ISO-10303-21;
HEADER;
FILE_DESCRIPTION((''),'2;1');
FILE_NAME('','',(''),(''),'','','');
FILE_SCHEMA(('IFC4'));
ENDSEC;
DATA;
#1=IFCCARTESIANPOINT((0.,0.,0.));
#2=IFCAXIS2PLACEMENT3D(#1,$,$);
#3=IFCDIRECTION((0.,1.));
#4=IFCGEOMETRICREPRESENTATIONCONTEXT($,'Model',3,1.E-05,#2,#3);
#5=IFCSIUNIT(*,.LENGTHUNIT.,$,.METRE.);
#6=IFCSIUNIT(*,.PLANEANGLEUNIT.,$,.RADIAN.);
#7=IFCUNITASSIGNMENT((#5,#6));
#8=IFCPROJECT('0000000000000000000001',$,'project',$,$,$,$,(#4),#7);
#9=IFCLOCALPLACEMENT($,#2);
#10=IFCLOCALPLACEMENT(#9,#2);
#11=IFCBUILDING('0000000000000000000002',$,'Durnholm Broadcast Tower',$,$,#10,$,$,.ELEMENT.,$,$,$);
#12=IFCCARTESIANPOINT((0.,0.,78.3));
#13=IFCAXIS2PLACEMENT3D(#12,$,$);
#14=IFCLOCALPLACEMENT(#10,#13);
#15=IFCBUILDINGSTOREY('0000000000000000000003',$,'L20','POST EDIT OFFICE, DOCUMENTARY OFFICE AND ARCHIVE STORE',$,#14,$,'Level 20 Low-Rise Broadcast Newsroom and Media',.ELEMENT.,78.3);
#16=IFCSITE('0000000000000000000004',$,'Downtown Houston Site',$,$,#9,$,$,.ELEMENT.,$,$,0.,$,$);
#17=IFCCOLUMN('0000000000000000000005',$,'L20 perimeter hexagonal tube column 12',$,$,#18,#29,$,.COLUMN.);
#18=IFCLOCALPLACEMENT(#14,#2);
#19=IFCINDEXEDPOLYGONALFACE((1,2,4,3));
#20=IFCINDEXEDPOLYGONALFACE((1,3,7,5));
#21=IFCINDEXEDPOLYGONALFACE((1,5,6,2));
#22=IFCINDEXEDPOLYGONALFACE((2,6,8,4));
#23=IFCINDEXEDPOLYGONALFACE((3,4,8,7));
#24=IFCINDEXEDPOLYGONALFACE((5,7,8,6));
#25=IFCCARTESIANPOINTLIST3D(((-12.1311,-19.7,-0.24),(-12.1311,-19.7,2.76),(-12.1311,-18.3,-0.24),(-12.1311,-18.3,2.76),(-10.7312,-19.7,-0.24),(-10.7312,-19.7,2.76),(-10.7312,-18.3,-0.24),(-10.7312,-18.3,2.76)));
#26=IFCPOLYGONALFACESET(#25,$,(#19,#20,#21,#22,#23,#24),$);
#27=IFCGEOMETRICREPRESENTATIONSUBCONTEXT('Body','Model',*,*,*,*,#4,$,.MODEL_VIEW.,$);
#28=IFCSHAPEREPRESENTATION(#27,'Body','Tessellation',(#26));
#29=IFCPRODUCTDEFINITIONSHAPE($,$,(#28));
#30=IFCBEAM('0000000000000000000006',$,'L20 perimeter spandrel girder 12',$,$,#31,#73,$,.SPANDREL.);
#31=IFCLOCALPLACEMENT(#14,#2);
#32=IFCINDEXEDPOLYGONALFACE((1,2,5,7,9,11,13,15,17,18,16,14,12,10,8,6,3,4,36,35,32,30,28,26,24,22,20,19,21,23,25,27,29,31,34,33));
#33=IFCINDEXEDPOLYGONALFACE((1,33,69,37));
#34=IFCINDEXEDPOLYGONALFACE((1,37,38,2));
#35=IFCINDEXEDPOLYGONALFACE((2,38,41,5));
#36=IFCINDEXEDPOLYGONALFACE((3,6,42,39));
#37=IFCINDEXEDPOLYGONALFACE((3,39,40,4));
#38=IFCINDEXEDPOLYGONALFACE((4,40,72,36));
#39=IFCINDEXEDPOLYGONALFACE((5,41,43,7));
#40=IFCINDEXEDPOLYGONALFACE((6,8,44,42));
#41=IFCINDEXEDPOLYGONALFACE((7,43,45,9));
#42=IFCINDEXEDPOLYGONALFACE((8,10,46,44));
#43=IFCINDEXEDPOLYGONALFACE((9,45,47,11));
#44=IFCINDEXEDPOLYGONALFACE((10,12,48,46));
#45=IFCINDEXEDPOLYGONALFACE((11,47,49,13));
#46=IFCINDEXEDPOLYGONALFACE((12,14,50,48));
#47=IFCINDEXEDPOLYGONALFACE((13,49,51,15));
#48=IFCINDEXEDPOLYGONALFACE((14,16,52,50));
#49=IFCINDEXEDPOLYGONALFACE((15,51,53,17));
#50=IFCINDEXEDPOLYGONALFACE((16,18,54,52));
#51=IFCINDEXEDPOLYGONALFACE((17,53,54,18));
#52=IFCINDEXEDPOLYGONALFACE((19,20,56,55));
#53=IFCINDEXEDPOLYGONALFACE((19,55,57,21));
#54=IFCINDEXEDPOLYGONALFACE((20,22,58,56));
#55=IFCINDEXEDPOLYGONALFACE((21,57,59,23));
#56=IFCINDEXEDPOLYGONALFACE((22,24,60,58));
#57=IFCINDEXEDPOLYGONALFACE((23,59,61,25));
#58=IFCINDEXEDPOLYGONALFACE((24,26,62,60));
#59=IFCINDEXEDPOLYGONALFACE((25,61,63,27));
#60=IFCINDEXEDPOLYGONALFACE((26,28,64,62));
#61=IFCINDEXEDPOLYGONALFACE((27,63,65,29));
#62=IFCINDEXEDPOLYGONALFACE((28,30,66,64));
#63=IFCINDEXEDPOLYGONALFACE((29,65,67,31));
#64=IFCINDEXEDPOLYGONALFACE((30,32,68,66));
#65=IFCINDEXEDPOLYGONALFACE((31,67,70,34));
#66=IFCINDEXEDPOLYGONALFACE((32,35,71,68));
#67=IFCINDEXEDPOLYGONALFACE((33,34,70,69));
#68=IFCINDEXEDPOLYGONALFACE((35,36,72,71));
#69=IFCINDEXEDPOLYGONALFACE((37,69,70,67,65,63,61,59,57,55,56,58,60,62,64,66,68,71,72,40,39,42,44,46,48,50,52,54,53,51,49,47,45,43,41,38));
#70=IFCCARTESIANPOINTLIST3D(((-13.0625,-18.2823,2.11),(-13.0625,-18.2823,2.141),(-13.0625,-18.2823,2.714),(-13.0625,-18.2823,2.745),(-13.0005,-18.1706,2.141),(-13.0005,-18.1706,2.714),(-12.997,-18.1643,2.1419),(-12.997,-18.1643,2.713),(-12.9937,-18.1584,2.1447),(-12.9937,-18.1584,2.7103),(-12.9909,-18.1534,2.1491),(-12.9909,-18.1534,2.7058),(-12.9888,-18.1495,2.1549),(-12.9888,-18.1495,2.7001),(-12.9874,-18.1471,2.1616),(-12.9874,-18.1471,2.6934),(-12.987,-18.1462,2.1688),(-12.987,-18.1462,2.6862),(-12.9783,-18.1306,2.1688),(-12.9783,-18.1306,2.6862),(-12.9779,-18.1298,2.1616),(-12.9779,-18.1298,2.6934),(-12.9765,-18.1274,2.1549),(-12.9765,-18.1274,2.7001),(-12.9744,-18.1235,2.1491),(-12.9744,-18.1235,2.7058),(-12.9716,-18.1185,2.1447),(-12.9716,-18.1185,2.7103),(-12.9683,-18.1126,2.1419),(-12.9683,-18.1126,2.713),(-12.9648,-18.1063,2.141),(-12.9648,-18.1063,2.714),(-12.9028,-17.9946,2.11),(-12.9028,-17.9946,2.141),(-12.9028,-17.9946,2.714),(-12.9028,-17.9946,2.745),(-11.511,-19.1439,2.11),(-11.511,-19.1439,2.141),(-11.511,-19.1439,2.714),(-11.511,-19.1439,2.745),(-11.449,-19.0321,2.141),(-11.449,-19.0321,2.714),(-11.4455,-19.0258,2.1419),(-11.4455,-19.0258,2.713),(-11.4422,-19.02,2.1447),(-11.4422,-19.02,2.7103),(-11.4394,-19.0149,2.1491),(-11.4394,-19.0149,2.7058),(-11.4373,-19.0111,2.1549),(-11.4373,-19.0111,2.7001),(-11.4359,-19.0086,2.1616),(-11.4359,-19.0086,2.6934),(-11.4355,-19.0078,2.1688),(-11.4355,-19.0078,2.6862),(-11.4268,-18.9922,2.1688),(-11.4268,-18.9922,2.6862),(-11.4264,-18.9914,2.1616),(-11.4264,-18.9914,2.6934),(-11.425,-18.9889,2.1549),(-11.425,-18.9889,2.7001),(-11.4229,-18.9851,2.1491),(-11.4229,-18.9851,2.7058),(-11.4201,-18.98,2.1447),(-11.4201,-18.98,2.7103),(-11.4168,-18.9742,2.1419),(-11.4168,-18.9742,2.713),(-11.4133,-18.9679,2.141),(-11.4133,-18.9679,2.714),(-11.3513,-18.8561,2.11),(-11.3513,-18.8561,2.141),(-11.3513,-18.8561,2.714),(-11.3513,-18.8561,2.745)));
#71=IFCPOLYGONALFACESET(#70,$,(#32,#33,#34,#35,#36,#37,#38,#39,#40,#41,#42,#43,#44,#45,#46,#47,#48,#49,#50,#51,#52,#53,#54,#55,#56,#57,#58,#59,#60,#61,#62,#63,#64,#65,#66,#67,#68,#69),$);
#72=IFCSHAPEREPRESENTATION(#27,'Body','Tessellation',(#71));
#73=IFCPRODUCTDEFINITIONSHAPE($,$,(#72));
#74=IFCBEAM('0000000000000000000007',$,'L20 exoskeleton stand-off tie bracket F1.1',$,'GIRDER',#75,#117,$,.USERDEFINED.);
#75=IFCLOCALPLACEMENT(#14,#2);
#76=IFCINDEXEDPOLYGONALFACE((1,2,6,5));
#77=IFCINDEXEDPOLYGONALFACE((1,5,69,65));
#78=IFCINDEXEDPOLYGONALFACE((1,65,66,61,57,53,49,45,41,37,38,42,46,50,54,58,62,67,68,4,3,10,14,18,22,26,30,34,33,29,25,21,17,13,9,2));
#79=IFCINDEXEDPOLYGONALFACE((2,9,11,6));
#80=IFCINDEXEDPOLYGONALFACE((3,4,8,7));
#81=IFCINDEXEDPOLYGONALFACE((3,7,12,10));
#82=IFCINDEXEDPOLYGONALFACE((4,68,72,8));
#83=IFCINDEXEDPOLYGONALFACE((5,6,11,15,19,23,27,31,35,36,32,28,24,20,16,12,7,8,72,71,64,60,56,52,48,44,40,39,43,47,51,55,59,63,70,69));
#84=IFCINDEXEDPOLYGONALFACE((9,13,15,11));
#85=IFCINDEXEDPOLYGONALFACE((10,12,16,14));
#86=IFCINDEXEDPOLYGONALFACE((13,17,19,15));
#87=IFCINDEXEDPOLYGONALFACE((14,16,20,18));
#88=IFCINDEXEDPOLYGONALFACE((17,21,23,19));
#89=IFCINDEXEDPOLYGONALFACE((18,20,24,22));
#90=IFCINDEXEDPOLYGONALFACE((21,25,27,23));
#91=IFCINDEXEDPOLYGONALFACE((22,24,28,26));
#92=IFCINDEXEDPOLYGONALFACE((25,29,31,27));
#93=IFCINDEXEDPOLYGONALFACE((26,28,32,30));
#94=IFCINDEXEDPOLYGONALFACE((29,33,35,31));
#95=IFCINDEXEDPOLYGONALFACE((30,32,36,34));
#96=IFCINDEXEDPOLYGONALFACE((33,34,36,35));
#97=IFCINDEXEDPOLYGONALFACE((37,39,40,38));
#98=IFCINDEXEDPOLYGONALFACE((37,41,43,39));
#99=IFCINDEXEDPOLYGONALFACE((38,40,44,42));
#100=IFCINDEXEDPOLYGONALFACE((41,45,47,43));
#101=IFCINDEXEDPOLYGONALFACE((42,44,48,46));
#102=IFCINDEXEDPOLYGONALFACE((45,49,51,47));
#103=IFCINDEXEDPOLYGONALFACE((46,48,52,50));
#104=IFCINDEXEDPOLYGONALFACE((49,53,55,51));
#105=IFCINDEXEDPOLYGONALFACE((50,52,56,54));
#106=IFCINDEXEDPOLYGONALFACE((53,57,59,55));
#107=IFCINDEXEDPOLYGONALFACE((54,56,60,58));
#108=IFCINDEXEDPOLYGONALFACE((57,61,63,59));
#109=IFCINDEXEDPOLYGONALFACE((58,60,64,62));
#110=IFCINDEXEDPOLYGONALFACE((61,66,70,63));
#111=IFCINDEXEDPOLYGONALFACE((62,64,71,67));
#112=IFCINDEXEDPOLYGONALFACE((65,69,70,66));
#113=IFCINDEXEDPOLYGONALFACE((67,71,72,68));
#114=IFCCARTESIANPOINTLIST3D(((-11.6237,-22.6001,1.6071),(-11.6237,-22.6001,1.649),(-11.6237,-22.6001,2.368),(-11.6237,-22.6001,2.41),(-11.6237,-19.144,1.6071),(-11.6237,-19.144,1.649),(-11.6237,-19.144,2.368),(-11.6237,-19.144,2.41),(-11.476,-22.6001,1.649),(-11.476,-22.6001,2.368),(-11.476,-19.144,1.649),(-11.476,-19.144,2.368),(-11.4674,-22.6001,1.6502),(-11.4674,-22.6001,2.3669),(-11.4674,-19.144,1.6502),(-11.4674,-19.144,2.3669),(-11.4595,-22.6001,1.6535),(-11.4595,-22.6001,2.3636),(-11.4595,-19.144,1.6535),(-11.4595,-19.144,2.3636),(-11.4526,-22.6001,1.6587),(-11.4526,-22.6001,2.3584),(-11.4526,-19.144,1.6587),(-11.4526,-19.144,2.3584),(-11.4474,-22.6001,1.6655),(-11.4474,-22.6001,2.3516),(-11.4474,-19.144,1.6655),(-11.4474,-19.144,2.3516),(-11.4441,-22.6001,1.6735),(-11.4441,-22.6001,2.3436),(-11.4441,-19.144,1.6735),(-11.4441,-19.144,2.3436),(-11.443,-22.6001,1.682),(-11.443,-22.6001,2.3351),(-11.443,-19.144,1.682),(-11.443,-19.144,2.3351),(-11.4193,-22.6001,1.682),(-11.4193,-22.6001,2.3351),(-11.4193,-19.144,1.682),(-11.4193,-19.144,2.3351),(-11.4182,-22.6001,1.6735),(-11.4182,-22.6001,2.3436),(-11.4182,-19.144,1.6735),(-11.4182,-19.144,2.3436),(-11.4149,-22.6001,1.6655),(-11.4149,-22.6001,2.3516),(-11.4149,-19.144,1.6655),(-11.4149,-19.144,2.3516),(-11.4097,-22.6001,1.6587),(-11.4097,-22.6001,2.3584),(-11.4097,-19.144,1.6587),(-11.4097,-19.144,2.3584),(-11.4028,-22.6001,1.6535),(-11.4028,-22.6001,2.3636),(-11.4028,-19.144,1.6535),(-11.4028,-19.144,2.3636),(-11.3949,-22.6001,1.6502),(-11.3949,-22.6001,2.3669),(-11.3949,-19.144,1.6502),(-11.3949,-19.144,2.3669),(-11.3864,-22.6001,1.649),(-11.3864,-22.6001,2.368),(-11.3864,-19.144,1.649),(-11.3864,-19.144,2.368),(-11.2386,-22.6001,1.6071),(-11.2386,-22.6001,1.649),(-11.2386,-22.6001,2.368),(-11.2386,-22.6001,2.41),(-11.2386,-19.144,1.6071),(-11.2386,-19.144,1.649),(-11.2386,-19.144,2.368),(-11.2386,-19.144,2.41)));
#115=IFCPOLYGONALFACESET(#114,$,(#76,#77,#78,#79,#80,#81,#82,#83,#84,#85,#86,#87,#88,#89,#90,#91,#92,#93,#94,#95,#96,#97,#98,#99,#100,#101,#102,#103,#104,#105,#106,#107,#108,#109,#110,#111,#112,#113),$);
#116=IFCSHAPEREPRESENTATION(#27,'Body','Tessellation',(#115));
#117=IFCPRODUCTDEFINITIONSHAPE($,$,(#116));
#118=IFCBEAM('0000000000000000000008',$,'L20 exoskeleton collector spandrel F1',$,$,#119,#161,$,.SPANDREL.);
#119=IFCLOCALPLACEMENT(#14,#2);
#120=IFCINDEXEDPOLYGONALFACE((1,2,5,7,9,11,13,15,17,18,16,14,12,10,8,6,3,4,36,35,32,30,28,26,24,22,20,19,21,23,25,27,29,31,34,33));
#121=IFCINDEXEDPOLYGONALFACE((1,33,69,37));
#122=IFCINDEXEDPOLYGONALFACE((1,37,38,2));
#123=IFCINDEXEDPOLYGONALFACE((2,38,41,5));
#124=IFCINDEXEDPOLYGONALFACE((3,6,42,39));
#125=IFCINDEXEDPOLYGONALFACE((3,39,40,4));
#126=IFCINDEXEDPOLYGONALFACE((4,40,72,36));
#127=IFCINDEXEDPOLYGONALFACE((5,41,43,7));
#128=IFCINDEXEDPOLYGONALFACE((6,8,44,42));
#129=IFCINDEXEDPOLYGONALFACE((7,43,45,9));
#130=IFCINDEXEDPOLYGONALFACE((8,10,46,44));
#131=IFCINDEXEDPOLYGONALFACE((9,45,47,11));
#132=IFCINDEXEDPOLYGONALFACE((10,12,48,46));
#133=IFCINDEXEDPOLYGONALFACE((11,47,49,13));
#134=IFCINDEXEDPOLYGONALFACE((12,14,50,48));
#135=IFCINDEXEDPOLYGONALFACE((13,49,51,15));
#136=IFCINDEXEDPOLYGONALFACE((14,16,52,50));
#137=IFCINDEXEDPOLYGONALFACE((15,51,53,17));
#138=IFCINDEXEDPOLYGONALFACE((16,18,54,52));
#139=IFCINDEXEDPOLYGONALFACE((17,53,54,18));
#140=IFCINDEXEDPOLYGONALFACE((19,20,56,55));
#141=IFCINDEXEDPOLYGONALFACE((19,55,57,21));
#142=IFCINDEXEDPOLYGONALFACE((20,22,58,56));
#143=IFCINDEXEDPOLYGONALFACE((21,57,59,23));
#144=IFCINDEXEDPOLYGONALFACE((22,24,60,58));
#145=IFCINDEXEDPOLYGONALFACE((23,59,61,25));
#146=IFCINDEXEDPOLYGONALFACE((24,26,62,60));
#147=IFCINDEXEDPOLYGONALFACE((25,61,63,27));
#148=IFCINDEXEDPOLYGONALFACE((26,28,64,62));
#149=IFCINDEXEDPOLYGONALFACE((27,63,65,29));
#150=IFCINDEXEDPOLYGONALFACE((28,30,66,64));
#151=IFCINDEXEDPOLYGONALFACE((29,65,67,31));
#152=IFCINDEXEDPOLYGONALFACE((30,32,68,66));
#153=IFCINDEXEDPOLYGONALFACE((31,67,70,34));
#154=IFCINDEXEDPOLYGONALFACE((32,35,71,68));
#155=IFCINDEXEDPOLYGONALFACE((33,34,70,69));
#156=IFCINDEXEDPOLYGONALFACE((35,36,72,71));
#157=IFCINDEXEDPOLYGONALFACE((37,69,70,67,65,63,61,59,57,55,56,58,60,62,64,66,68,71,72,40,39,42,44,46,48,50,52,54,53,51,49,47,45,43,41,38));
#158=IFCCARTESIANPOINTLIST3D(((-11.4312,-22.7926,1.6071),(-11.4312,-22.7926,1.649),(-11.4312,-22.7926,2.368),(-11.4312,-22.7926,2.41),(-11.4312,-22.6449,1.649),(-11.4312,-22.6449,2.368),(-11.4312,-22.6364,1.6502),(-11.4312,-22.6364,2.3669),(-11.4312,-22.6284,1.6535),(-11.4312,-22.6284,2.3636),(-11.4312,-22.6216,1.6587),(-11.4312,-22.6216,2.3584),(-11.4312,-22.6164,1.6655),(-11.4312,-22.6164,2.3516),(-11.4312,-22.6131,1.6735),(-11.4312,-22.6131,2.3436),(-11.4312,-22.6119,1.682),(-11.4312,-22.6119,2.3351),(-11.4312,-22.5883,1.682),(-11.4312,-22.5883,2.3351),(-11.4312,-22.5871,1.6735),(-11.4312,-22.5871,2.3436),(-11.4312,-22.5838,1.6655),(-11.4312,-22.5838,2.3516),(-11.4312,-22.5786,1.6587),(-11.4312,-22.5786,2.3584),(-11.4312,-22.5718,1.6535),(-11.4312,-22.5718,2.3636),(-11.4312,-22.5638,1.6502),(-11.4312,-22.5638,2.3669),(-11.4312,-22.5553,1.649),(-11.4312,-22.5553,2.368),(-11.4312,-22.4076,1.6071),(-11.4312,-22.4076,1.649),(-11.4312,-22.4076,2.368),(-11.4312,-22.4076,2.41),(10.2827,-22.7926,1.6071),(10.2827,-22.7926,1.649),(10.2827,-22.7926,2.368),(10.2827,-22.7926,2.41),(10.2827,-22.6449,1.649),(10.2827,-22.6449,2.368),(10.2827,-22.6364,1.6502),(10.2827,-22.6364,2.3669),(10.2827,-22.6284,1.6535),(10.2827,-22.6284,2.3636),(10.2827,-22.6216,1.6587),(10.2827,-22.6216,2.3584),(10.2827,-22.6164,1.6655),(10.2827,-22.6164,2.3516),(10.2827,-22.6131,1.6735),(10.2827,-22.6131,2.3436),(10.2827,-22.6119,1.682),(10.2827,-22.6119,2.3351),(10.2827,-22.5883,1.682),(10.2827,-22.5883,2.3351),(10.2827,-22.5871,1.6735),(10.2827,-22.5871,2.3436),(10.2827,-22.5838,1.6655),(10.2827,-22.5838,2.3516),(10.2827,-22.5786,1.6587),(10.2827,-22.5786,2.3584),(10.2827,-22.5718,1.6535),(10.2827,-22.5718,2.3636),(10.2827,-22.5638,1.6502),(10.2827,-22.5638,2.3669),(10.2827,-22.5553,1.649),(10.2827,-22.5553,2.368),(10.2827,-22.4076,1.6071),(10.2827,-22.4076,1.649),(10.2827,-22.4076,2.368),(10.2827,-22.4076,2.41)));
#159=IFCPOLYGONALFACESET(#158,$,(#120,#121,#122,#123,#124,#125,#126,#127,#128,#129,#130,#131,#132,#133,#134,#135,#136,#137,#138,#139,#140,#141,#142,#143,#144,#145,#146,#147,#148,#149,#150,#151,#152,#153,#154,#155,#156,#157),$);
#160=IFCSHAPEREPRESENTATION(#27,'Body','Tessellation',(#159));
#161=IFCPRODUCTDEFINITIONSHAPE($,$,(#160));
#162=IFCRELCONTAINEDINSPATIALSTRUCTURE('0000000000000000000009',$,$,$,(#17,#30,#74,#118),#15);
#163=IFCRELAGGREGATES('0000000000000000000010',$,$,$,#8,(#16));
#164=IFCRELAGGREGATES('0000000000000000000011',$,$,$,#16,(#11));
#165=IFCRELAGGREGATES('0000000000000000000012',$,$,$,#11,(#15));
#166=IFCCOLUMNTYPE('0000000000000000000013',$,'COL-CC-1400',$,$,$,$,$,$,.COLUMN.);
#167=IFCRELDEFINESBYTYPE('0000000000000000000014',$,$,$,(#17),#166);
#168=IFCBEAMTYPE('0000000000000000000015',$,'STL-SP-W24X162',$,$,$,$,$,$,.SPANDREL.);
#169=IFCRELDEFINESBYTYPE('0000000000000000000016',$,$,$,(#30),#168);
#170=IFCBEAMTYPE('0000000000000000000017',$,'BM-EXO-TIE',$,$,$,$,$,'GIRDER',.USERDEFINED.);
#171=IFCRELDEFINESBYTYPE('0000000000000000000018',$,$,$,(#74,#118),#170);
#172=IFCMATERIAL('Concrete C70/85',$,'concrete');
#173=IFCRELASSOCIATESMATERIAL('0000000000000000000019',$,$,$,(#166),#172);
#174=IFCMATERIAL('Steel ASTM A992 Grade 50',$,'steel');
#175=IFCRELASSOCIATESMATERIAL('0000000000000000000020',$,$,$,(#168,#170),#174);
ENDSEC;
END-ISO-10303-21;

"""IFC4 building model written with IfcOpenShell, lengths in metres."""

from ifc_helpers import new_model, si_unit, direction, frame, origin, origin_2d, place, context, subcontext, project, spatial, rectangle, i_section, extrude, source, transform, mapped, material, material_profile, profile_set, type_object, type_shapes, element, save


model = new_model("IFC4")

# Units and contexts
model_context = context("Model", 3, precision=1e-05, world=origin(), true_north=direction((0.0, 1.0)))
body_context = subcontext(model_context, "Body", "Model", "MODEL_VIEW")
ifc_project = project(units=[si_unit("LENGTHUNIT", "METRE"), si_unit("PLANEANGLEUNIT", "RADIAN")], contexts=[model_context])

# Site, building, storey
site_placement = place(None, origin())
site = spatial("IfcSite", under=ifc_project, at=site_placement, Name="Downtown Houston Site", CompositionType="ELEMENT", RefElevation=0.0)
building_placement = place(site_placement, origin())
building = spatial("IfcBuilding", under=site, at=building_placement, Name="Durnholm Broadcast Tower", CompositionType="ELEMENT")
storey_placement = place(building_placement, frame((0.0, 0.0, 78.3)))
storey = spatial("IfcBuildingStorey", under=building, at=storey_placement, Name="L20", Description="POST EDIT OFFICE, DOCUMENTARY OFFICE AND ARCHIVE STORE", LongName="Level 20 Low-Rise Broadcast Newsroom and Media", CompositionType="ELEMENT", Elevation=78.3)

# Column
ifc_material_1 = material(Name="Concrete C70/85", Category="concrete")
ifc_material_profile_1 = material_profile(ifc_material_1, rectangle(XDim=1.3999, YDim=1.3999, at=origin_2d()), Name="RC1400X1400")
ifc_profile_set_1 = profile_set([ifc_material_profile_1], Name="Concrete C70/85")
column_type = type_object("IfcColumnType", Name="COL-CC-1400", PredefinedType="COLUMN", material=ifc_profile_set_1)
shared_shape_1 = source(origin(), body_context, "Body", "SweptSolid", [
    extrude(rectangle(XDim=1.3999, YDim=1.3999, at=origin_2d()), origin(), (0.0, 0.0, 1.0), 3.0),
])
type_shapes(column_type, [shared_shape_1])
column_placement = place(storey_placement, frame((-11.4312, -19.0, -0.24), z_axis=(0.0, 0.0, 1.0), x_axis=(1.0, 0.0, 0.0)))
element("IfcColumn", 1, at=column_placement, inside=storey, type_object=column_type, Name="L20 perimeter hexagonal tube column 12", PredefinedType="COLUMN", context=body_context, shape_type="MappedRepresentation", body=[
    mapped(shared_shape_1, transform((0.0, 0.0, 0.0), x_axis=(1.0, 0.0, 0.0), y_axis=(0.0, 1.0, 0.0), z_axis=(0.0, 0.0, 1.0), scale=1.0)),
])

# Beams
ifc_material_2 = material(Name="Steel ASTM A992 Grade 50", Category="steel")
ifc_material_profile_2 = material_profile(ifc_material_2, i_section(OverallWidth=0.3291, OverallDepth=0.635, WebThickness=0.0178, FlangeThickness=0.031, FilletRadius=0.0278, at=origin_2d()), Name="W24X162")
ifc_profile_set_2 = profile_set([ifc_material_profile_2], Name="Steel ASTM A992 Grade 50")
beam_type_1 = type_object("IfcBeamType", Name="STL-SP-W24X162", PredefinedType="SPANDREL", material=ifc_profile_set_2)
shared_shape_2 = source(origin(), body_context, "Body", "SweptSolid", [
    extrude(i_section(OverallWidth=0.3291, OverallDepth=0.635, WebThickness=0.0178, FlangeThickness=0.031, FilletRadius=0.0278, at=origin_2d()), origin(), (0.0, 0.0, 1.0), 1.7747),
])
type_shapes(beam_type_1, [shared_shape_2])
beam_1_placement = place(storey_placement, frame((-11.4312, -19.0, 2.4275), z_axis=(-0.874248, 0.485479, 0.0), x_axis=(-0.485479, -0.874248, 0.0)))
element("IfcBeam", 2, at=beam_1_placement, inside=storey, type_object=beam_type_1, Name="L20 perimeter spandrel girder 12", PredefinedType="SPANDREL", context=body_context, shape_type="MappedRepresentation", body=[
    mapped(shared_shape_2, transform((0.0, 0.0, 0.0), x_axis=(1.0, 0.0, 0.0), y_axis=(0.0, 1.0, 0.0), z_axis=(0.0, 0.0, 1.0), scale=1.0)),
])
ifc_material_profile_3 = material_profile(ifc_material_2, i_section(OverallWidth=0.385, OverallDepth=0.803, WebThickness=0.0237, FlangeThickness=0.042, FilletRadius=0.033, at=origin_2d()), Name="W30X261")
ifc_profile_set_3 = profile_set([ifc_material_profile_3], Name="Steel ASTM A992 Grade 50")
beam_type_2 = type_object("IfcBeamType", Name="BM-EXO-TIE", ElementType="GIRDER", PredefinedType="USERDEFINED", material=ifc_profile_set_3)
shared_shape_3 = source(origin(), body_context, "Body", "SweptSolid", [
    extrude(i_section(OverallWidth=0.385, OverallDepth=0.803, WebThickness=0.0237, FlangeThickness=0.042, FilletRadius=0.033, at=origin_2d()), origin(), (0.0, 0.0, 1.0), 3.4561),
])
beam_2_placement = place(storey_placement, frame((-11.4312, -19.144, 2.0085), z_axis=(0.0, -1.0, 0.0), x_axis=(1.0, 0.0, 0.0)))
element("IfcBeam", 3, at=beam_2_placement, inside=storey, type_object=beam_type_2, Name="L20 exoskeleton stand-off tie bracket F1.1", ObjectType="GIRDER", PredefinedType="USERDEFINED", context=body_context, shape_type="MappedRepresentation", body=[
    mapped(shared_shape_3, transform((0.0, 0.0, 0.0), x_axis=(1.0, 0.0, 0.0), y_axis=(0.0, 1.0, 0.0), z_axis=(0.0, 0.0, 1.0), scale=1.0)),
])
shared_shape_4 = source(origin(), body_context, "Body", "SweptSolid", [
    extrude(i_section(OverallWidth=0.385, OverallDepth=0.803, WebThickness=0.0237, FlangeThickness=0.042, FilletRadius=0.033, at=origin_2d()), origin(), (0.0, 0.0, 1.0), 21.7139),
])
type_shapes(beam_type_2, [shared_shape_3, shared_shape_4])
beam_3_placement = place(storey_placement, frame((-11.4312, -22.6001, 2.0085), z_axis=(1.0, 0.0, 0.0), x_axis=(0.0, 1.0, 0.0)))
element("IfcBeam", 4, at=beam_3_placement, inside=storey, type_object=beam_type_2, Name="L20 exoskeleton collector spandrel F1", PredefinedType="SPANDREL", context=body_context, shape_type="MappedRepresentation", body=[
    mapped(shared_shape_4, transform((0.0, 0.0, 0.0), x_axis=(1.0, 0.0, 0.0), y_axis=(0.0, 1.0, 0.0), z_axis=(0.0, 0.0, 1.0), scale=1.0)),
])

save(model, "model.ifc")
